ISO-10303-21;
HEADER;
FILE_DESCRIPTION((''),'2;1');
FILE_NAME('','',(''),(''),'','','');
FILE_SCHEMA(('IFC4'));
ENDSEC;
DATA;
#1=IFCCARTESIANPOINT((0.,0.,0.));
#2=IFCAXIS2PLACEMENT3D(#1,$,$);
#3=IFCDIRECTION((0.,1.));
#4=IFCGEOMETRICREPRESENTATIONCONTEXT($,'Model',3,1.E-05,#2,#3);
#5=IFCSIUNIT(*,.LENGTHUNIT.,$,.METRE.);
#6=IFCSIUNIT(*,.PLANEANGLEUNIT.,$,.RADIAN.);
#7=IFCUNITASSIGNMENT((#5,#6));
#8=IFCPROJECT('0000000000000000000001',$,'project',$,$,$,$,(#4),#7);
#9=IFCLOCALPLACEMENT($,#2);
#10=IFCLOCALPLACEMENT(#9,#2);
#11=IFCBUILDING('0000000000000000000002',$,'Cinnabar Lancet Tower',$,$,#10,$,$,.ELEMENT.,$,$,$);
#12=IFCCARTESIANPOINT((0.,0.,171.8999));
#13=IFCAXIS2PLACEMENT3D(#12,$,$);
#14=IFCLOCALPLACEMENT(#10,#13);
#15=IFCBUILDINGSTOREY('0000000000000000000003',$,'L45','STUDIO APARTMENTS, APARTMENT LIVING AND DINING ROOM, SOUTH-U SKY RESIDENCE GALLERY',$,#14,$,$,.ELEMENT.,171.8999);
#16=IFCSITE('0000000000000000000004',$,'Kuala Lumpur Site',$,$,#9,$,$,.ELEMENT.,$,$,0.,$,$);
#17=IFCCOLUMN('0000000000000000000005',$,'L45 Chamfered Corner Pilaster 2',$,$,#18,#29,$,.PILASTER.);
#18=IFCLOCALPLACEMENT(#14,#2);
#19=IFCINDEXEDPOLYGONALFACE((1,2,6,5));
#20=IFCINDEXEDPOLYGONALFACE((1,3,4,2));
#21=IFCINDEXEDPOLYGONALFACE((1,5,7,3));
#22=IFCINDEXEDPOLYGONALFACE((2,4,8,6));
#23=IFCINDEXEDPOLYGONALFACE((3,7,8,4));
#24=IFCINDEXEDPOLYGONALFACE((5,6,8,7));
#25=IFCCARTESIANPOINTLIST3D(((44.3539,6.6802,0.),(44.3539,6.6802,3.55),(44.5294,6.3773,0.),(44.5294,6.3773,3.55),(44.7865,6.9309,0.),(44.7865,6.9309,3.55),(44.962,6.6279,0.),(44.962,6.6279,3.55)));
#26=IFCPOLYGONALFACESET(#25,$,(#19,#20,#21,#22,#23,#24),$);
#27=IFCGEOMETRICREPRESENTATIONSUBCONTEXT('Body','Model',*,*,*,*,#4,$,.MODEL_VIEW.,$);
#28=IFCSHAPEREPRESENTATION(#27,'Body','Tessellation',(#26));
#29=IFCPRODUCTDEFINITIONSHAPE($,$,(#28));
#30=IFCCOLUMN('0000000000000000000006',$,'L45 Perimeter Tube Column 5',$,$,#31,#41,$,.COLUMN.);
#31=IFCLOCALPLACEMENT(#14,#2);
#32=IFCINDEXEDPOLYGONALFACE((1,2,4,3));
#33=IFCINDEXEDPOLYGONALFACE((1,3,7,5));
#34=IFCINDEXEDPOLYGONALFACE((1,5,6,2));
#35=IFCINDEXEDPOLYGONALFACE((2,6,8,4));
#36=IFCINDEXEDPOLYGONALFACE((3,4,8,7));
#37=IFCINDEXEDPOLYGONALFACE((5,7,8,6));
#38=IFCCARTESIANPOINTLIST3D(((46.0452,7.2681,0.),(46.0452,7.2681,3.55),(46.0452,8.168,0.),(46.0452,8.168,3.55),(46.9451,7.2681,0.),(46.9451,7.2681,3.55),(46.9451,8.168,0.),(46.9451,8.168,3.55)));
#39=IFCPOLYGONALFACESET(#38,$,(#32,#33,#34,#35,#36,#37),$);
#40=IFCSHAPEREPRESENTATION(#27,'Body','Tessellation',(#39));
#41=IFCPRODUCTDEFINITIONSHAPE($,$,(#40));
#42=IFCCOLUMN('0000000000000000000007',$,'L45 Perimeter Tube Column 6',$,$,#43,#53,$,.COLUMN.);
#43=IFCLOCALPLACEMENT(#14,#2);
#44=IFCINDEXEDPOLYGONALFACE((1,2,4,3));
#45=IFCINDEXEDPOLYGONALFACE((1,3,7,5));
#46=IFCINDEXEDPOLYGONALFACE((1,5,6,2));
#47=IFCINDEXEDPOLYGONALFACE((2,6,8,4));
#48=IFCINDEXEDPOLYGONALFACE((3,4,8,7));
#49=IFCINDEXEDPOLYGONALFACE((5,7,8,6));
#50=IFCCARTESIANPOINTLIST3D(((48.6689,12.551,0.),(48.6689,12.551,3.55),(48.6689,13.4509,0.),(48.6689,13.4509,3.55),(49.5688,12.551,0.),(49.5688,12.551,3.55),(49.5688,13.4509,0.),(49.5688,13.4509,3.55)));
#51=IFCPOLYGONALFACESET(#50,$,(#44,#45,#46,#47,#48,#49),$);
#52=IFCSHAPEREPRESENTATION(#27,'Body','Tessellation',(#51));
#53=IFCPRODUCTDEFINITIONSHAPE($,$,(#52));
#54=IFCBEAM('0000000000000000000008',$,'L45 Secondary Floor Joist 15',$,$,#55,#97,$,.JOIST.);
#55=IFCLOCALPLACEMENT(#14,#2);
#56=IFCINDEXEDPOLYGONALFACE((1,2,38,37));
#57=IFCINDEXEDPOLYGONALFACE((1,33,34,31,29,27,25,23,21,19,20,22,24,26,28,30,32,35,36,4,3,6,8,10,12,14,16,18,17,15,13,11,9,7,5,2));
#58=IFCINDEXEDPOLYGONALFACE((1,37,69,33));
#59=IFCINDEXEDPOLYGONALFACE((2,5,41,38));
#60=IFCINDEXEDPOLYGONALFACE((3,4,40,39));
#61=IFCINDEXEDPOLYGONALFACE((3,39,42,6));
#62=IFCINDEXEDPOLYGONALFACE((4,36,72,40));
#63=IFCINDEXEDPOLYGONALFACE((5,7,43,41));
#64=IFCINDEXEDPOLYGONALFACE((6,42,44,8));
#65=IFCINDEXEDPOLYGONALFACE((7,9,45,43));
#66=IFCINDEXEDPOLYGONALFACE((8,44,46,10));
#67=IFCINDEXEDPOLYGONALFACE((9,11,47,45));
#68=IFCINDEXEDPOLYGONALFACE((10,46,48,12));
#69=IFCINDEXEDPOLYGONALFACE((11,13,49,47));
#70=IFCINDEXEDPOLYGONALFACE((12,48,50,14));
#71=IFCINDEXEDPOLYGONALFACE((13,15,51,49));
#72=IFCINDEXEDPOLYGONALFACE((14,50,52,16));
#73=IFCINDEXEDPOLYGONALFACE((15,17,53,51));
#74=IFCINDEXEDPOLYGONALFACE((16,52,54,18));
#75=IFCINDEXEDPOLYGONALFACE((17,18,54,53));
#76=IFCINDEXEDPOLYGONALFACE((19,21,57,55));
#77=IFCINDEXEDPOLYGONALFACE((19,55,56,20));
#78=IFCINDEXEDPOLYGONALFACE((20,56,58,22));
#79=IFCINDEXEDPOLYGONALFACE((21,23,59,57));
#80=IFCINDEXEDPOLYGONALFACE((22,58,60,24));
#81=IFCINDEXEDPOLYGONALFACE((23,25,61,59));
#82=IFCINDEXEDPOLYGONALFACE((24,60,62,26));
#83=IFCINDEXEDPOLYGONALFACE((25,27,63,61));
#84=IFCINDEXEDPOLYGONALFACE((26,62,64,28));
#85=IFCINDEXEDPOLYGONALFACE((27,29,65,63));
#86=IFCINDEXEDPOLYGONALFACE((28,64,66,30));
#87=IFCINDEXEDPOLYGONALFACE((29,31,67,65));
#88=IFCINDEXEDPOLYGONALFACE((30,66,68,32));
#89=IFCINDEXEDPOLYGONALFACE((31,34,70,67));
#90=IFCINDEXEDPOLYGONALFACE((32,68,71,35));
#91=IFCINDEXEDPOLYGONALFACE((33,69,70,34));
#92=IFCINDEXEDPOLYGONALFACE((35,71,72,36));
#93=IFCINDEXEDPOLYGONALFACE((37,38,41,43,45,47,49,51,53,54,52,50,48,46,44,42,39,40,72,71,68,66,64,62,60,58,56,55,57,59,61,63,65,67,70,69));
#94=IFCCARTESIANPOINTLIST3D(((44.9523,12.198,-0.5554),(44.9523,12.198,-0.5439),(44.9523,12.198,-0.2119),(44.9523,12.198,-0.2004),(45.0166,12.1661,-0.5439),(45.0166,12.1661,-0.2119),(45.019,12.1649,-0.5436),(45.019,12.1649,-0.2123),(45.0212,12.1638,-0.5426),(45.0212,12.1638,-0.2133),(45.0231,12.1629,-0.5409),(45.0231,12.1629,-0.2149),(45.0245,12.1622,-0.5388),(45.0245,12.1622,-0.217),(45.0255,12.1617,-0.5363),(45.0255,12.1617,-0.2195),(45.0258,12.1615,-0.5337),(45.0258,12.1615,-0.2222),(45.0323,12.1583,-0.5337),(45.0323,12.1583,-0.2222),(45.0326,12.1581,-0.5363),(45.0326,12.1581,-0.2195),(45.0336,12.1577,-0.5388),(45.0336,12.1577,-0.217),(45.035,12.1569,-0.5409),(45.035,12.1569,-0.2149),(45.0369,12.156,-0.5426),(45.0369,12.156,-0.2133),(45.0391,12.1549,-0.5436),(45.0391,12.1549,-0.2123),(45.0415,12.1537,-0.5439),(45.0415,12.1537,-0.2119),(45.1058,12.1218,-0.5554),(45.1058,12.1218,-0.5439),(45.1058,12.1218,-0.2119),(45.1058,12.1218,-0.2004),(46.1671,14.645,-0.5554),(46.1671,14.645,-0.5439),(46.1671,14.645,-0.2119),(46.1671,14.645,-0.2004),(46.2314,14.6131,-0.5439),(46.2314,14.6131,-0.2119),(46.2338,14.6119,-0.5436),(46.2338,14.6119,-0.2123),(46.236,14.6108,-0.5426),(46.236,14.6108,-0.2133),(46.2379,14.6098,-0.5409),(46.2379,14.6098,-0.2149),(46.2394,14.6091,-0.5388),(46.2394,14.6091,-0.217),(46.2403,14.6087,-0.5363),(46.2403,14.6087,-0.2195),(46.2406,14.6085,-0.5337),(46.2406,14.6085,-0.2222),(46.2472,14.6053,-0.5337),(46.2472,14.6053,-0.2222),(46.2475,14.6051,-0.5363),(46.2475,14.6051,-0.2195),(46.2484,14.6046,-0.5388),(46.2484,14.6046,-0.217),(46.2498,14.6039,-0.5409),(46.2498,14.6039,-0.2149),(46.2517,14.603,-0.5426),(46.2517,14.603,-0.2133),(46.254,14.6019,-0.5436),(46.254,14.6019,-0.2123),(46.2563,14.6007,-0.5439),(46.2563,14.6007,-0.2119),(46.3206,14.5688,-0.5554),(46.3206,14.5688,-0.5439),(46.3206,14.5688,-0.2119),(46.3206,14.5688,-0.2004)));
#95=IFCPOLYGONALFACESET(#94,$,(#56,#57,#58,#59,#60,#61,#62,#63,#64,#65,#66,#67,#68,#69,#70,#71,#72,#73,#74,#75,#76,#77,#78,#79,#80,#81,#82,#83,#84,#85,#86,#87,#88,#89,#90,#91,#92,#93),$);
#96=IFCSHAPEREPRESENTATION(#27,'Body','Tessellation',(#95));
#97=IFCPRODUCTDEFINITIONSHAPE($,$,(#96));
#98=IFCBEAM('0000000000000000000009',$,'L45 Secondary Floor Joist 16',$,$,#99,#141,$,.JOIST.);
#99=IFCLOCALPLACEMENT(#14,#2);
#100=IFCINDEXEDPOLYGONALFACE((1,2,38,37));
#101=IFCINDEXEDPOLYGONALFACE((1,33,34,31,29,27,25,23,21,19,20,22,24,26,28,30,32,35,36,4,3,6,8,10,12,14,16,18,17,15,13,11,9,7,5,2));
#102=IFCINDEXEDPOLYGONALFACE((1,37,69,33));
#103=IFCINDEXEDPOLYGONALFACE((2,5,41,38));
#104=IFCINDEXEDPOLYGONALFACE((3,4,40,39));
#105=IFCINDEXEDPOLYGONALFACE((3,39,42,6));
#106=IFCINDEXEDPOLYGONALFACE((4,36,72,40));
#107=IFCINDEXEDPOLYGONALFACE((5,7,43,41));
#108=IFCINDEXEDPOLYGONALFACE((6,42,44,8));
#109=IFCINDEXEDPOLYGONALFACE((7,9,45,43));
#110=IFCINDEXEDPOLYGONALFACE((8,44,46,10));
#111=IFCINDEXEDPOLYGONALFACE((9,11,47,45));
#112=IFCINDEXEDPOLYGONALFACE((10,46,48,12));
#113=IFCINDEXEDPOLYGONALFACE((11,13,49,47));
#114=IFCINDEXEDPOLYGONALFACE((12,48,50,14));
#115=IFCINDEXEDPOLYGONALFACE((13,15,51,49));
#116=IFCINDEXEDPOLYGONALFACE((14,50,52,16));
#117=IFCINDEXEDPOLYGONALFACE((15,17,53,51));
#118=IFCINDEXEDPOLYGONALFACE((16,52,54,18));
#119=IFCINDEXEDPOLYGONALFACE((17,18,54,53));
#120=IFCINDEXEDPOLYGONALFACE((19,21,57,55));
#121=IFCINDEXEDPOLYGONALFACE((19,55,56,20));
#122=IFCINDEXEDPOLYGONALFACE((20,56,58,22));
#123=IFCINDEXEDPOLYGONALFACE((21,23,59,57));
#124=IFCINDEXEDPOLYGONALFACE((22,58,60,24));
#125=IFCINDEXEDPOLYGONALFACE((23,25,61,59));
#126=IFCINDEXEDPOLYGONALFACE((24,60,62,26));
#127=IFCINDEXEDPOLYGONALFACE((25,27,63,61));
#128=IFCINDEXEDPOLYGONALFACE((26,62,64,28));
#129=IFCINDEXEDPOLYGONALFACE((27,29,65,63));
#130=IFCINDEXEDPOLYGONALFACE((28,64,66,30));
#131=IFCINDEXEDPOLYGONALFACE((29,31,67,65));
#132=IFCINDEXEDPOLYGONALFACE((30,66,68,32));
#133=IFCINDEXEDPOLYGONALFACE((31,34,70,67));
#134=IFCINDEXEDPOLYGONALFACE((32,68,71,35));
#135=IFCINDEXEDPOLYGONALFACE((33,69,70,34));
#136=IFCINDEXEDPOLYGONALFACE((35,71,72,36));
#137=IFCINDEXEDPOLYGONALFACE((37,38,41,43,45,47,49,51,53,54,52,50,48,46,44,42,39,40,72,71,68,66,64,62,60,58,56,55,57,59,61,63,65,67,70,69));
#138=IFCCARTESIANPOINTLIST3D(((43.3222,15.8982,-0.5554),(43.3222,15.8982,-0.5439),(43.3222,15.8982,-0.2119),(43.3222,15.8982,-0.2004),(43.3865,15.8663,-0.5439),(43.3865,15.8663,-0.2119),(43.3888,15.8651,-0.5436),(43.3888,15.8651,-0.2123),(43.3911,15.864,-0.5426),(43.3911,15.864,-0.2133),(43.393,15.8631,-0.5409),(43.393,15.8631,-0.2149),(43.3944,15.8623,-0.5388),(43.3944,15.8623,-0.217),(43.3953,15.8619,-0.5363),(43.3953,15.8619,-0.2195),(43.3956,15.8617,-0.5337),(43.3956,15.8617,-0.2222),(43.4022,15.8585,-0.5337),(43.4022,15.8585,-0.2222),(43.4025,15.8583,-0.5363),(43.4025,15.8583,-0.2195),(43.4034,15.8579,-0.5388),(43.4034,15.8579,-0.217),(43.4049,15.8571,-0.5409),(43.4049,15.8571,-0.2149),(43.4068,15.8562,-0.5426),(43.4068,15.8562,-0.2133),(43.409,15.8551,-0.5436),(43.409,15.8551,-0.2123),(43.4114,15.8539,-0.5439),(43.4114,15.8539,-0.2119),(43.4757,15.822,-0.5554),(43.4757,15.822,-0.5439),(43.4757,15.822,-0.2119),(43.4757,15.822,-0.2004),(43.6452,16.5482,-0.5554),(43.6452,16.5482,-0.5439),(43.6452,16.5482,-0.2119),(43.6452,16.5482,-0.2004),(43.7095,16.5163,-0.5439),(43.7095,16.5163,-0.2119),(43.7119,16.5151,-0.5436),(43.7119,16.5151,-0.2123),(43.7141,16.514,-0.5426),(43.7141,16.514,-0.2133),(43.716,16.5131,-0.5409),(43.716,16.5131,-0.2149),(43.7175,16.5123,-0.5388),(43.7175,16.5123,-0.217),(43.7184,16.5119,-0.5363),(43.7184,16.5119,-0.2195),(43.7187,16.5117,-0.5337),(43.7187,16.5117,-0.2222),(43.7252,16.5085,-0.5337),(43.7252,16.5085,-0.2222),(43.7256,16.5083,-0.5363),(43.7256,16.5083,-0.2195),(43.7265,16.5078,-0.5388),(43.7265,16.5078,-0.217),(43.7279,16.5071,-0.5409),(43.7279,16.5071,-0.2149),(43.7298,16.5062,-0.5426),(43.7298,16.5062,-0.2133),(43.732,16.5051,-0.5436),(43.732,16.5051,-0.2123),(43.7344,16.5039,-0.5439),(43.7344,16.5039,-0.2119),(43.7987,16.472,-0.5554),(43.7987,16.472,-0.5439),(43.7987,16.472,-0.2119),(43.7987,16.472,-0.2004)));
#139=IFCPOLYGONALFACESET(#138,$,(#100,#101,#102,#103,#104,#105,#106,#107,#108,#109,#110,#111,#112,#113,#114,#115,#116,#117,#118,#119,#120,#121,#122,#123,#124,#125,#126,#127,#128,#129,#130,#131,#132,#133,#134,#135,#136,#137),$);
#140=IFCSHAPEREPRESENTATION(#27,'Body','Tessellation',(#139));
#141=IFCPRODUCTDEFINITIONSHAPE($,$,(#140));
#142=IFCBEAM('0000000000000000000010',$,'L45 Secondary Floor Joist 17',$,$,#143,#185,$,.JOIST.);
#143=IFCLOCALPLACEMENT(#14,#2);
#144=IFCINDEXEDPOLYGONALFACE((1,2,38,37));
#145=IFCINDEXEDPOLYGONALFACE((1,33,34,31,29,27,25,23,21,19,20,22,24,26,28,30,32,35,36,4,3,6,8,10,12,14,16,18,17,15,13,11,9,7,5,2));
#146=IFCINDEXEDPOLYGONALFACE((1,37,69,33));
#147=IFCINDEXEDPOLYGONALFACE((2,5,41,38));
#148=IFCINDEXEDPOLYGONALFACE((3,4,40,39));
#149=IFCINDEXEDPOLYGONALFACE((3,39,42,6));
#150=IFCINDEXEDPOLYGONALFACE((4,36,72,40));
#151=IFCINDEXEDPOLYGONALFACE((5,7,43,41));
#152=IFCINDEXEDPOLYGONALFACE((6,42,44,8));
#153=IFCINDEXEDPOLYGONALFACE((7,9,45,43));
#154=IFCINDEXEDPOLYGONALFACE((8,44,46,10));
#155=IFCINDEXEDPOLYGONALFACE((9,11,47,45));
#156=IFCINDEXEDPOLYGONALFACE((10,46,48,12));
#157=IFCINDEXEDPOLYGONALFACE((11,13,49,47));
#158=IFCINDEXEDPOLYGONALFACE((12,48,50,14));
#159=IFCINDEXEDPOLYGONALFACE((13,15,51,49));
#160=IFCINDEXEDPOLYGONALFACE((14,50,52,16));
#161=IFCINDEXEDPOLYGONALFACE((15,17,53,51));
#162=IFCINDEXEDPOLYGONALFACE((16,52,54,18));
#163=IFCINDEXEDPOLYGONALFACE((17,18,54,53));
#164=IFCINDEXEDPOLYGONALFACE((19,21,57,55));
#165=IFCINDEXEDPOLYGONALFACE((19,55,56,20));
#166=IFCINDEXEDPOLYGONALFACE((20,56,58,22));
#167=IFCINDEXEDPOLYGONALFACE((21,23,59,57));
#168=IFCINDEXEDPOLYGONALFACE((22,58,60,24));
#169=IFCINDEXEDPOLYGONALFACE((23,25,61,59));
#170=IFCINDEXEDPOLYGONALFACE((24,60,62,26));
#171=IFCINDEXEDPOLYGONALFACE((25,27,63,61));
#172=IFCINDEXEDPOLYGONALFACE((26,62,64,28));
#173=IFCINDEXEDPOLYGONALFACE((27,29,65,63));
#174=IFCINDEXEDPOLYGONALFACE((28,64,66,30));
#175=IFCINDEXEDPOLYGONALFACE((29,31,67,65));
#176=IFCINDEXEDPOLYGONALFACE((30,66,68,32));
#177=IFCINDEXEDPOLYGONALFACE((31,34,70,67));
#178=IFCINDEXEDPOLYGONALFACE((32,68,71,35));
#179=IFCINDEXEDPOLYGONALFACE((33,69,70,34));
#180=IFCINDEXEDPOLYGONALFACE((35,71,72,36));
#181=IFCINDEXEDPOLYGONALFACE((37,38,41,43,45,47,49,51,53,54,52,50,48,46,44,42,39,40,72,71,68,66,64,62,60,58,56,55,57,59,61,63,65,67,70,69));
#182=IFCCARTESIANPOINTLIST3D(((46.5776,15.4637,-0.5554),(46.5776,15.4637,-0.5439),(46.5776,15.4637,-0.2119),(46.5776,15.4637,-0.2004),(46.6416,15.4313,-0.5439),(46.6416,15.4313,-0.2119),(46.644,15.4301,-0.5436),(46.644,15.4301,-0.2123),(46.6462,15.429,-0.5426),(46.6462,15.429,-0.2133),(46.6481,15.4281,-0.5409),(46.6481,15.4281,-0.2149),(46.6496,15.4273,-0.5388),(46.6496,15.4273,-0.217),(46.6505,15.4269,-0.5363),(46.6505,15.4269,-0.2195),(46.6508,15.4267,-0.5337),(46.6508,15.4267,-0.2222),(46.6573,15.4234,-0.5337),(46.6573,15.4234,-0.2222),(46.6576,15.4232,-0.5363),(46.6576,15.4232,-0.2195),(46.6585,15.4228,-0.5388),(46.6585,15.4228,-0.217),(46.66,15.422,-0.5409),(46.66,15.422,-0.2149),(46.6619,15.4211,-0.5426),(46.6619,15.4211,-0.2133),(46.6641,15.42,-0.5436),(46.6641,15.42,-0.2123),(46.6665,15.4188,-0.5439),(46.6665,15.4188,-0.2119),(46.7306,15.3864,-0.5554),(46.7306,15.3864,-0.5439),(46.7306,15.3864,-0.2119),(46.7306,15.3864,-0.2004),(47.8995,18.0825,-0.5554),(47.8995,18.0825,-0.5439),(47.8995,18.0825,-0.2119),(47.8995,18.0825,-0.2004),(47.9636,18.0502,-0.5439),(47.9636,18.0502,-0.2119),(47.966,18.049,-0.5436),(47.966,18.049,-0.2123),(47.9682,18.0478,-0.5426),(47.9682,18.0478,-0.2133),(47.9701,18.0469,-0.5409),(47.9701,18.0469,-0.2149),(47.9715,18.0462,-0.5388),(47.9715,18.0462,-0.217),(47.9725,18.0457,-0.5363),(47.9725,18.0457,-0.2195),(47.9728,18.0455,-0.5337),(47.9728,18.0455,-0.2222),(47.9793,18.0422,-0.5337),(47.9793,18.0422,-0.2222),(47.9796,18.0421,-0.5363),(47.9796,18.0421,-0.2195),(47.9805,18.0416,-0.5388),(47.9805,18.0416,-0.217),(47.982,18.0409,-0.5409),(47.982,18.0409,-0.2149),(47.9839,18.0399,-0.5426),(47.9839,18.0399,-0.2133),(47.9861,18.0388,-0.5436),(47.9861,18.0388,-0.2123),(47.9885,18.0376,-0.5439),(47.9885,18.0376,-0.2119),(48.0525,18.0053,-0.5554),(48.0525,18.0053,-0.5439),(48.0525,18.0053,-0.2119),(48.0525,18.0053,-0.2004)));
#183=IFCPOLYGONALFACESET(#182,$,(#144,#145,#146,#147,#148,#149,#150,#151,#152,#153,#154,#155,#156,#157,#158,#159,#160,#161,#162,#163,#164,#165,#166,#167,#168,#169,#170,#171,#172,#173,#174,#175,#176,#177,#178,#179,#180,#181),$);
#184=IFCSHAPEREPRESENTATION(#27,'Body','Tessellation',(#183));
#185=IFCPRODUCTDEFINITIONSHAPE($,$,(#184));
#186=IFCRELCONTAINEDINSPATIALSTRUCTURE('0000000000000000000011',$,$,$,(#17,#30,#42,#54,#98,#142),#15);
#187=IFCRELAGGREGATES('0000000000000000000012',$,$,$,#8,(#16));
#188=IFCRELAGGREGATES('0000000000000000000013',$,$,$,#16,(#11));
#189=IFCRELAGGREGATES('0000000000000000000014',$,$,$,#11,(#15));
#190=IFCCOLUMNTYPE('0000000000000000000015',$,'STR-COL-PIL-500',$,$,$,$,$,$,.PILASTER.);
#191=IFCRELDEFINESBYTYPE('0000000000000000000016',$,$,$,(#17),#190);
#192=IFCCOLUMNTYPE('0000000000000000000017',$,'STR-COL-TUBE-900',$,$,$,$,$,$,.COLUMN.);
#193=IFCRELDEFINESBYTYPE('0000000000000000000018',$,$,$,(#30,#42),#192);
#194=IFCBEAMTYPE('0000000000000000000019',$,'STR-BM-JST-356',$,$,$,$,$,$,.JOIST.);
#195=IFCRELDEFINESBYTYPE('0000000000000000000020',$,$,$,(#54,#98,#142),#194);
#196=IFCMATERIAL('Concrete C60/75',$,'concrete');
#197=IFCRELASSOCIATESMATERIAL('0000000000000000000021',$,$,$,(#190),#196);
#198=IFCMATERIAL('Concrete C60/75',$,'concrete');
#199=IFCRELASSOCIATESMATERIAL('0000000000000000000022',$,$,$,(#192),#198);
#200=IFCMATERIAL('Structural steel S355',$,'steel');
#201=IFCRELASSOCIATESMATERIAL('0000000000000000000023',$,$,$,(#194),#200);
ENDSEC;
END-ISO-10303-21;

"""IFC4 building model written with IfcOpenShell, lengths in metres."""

from ifc_helpers import new_model, si_unit, direction, frame, origin, origin_2d, place, context, subcontext, project, spatial, rectangle, i_section, extrude, material, material_profile, profile_set, type_object, element, save


model = new_model("IFC4")

# Units and contexts
model_context = context("Model", 3, precision=1e-05, world=origin(), true_north=direction((0.0, 1.0)))
body_context = subcontext(model_context, "Body", "Model", "MODEL_VIEW")
ifc_project = project(units=[si_unit("LENGTHUNIT", "METRE"), si_unit("PLANEANGLEUNIT", "RADIAN")], contexts=[model_context])

# Site, building, storey
site_placement = place(None, origin())
site = spatial("IfcSite", under=ifc_project, at=site_placement, Name="Kuala Lumpur Site", CompositionType="ELEMENT", RefElevation=0.0)
building_placement = place(site_placement, origin())
building = spatial("IfcBuilding", under=site, at=building_placement, Name="Cinnabar Lancet Tower", CompositionType="ELEMENT")
storey_placement = place(building_placement, frame((0.0, 0.0, 171.8999)))
storey = spatial("IfcBuildingStorey", under=building, at=storey_placement, Name="L45", Description="STUDIO APARTMENTS, APARTMENT LIVING AND DINING ROOM, SOUTH-U SKY RESIDENCE GALLERY", CompositionType="ELEMENT", Elevation=171.8999)

# Columns
ifc_material_1 = material(Name="Concrete C60/75", Category="concrete")
ifc_material_profile_1 = material_profile(ifc_material_1, rectangle(XDim=0.5, YDim=0.3501, at=origin_2d()), Name="RC-PIL 500x350")
ifc_profile_set_1 = profile_set([ifc_material_profile_1], Name="Concrete C60/75")
column_type_1 = type_object("IfcColumnType", Name="STR-COL-PIL-500", PredefinedType="PILASTER", material=ifc_profile_set_1)
column_placement = place(storey_placement, frame((44.658, 6.6541, 0.0), z_axis=(0.0, 0.0, 1.0), x_axis=(0.86523, 0.501375, 0.0)))
element("IfcColumn", 1, at=column_placement, inside=storey, type_object=column_type_1, Name="L45 Chamfered Corner Pilaster 2", PredefinedType="PILASTER", context=body_context, shape_type="SweptSolid", body=[
    extrude(rectangle(XDim=0.5, YDim=0.3501, at=origin_2d()), origin(), (0.0, 0.0, 1.0), 3.55),
])
ifc_material_2 = material(Name="Concrete C60/75", Category="concrete")
ifc_material_profile_2 = material_profile(ifc_material_2, rectangle(XDim=0.8999, YDim=0.8999, at=origin_2d()), Name="RC-COL 900x900")
ifc_profile_set_2 = profile_set([ifc_material_profile_2], Name="Concrete C60/75")
column_type_2 = type_object("IfcColumnType", Name="STR-COL-TUBE-900", PredefinedType="COLUMN", material=ifc_profile_set_2)
for number, where, z_axis, x_axis, name in (
    (2, (46.4951, 7.718, 0.0), (0.0, 0.0, 1.0), (1.0, 0.0, 0.0), "L45 Perimeter Tube Column 5"),
    (3, (49.1189, 13.001, 0.0), (0.0, 0.0, 1.0), (1.0, 0.0, 0.0), "L45 Perimeter Tube Column 6"),
):
    element("IfcColumn", number, at=place(storey_placement, frame(where, z_axis=z_axis, x_axis=x_axis)), inside=storey, type_object=column_type_2, Name=name, PredefinedType="COLUMN", context=body_context, shape_type="SweptSolid", body=[
        extrude(rectangle(XDim=0.8999, YDim=0.8999, at=origin_2d()), origin(), (0.0, 0.0, 1.0), 3.55),
    ])

# Beams
ifc_material_3 = material(Name="Structural steel S355", Category="steel")
ifc_material_profile_3 = material_profile(ifc_material_3, i_section(OverallWidth=0.1714, OverallDepth=0.355, WebThickness=0.0073, FlangeThickness=0.0115, FilletRadius=0.0103, at=origin_2d()), Name="UKB 356x171x51")
ifc_profile_set_3 = profile_set([ifc_material_profile_3], Name="Structural steel S355")
beam_type_1 = type_object("IfcBeamType", Name="STR-BM-JST-356", PredefinedType="JOIST", material=ifc_profile_set_3)
beam_1_placement = place(storey_placement, frame((45.0291, 12.1599, -0.3779), z_axis=(0.444674, 0.895693, 0.0), x_axis=(-0.895693, 0.444674, 0.0)))
element("IfcBeam", 4, at=beam_1_placement, inside=storey, type_object=beam_type_1, Name="L45 Secondary Floor Joist 15", PredefinedType="JOIST", context=body_context, shape_type="SweptSolid", body=[
    extrude(i_section(OverallWidth=0.1714, OverallDepth=0.355, WebThickness=0.0073, FlangeThickness=0.0115, FilletRadius=0.0103, at=origin_2d()), origin(), (0.0, 0.0, 1.0), 2.7319),
])
beam_2_placement = place(storey_placement, frame((43.3989, 15.8601, -0.3779), z_axis=(0.445059, 0.895501, 0.0), x_axis=(-0.895501, 0.445059, 0.0)))
element("IfcBeam", 5, at=beam_2_placement, inside=storey, type_object=beam_type_1, Name="L45 Secondary Floor Joist 16", PredefinedType="JOIST", context=body_context, shape_type="SweptSolid", body=[
    extrude(i_section(OverallWidth=0.1714, OverallDepth=0.355, WebThickness=0.0073, FlangeThickness=0.0115, FilletRadius=0.0103, at=origin_2d()), origin(), (0.0, 0.0, 1.0), 0.7258),
])
beam_3_placement = place(storey_placement, frame((46.6541, 15.425, -0.3779), z_axis=(0.450639, 0.892706, 0.0), x_axis=(-0.892706, 0.450639, 0.0)))
element("IfcBeam", 6, at=beam_3_placement, inside=storey, type_object=beam_type_1, Name="L45 Secondary Floor Joist 17", PredefinedType="JOIST", context=body_context, shape_type="SweptSolid", body=[
    extrude(i_section(OverallWidth=0.1714, OverallDepth=0.355, WebThickness=0.0073, FlangeThickness=0.0115, FilletRadius=0.0103, at=origin_2d()), origin(), (0.0, 0.0, 1.0), 2.9336),
])

save(model, "model.ifc")
